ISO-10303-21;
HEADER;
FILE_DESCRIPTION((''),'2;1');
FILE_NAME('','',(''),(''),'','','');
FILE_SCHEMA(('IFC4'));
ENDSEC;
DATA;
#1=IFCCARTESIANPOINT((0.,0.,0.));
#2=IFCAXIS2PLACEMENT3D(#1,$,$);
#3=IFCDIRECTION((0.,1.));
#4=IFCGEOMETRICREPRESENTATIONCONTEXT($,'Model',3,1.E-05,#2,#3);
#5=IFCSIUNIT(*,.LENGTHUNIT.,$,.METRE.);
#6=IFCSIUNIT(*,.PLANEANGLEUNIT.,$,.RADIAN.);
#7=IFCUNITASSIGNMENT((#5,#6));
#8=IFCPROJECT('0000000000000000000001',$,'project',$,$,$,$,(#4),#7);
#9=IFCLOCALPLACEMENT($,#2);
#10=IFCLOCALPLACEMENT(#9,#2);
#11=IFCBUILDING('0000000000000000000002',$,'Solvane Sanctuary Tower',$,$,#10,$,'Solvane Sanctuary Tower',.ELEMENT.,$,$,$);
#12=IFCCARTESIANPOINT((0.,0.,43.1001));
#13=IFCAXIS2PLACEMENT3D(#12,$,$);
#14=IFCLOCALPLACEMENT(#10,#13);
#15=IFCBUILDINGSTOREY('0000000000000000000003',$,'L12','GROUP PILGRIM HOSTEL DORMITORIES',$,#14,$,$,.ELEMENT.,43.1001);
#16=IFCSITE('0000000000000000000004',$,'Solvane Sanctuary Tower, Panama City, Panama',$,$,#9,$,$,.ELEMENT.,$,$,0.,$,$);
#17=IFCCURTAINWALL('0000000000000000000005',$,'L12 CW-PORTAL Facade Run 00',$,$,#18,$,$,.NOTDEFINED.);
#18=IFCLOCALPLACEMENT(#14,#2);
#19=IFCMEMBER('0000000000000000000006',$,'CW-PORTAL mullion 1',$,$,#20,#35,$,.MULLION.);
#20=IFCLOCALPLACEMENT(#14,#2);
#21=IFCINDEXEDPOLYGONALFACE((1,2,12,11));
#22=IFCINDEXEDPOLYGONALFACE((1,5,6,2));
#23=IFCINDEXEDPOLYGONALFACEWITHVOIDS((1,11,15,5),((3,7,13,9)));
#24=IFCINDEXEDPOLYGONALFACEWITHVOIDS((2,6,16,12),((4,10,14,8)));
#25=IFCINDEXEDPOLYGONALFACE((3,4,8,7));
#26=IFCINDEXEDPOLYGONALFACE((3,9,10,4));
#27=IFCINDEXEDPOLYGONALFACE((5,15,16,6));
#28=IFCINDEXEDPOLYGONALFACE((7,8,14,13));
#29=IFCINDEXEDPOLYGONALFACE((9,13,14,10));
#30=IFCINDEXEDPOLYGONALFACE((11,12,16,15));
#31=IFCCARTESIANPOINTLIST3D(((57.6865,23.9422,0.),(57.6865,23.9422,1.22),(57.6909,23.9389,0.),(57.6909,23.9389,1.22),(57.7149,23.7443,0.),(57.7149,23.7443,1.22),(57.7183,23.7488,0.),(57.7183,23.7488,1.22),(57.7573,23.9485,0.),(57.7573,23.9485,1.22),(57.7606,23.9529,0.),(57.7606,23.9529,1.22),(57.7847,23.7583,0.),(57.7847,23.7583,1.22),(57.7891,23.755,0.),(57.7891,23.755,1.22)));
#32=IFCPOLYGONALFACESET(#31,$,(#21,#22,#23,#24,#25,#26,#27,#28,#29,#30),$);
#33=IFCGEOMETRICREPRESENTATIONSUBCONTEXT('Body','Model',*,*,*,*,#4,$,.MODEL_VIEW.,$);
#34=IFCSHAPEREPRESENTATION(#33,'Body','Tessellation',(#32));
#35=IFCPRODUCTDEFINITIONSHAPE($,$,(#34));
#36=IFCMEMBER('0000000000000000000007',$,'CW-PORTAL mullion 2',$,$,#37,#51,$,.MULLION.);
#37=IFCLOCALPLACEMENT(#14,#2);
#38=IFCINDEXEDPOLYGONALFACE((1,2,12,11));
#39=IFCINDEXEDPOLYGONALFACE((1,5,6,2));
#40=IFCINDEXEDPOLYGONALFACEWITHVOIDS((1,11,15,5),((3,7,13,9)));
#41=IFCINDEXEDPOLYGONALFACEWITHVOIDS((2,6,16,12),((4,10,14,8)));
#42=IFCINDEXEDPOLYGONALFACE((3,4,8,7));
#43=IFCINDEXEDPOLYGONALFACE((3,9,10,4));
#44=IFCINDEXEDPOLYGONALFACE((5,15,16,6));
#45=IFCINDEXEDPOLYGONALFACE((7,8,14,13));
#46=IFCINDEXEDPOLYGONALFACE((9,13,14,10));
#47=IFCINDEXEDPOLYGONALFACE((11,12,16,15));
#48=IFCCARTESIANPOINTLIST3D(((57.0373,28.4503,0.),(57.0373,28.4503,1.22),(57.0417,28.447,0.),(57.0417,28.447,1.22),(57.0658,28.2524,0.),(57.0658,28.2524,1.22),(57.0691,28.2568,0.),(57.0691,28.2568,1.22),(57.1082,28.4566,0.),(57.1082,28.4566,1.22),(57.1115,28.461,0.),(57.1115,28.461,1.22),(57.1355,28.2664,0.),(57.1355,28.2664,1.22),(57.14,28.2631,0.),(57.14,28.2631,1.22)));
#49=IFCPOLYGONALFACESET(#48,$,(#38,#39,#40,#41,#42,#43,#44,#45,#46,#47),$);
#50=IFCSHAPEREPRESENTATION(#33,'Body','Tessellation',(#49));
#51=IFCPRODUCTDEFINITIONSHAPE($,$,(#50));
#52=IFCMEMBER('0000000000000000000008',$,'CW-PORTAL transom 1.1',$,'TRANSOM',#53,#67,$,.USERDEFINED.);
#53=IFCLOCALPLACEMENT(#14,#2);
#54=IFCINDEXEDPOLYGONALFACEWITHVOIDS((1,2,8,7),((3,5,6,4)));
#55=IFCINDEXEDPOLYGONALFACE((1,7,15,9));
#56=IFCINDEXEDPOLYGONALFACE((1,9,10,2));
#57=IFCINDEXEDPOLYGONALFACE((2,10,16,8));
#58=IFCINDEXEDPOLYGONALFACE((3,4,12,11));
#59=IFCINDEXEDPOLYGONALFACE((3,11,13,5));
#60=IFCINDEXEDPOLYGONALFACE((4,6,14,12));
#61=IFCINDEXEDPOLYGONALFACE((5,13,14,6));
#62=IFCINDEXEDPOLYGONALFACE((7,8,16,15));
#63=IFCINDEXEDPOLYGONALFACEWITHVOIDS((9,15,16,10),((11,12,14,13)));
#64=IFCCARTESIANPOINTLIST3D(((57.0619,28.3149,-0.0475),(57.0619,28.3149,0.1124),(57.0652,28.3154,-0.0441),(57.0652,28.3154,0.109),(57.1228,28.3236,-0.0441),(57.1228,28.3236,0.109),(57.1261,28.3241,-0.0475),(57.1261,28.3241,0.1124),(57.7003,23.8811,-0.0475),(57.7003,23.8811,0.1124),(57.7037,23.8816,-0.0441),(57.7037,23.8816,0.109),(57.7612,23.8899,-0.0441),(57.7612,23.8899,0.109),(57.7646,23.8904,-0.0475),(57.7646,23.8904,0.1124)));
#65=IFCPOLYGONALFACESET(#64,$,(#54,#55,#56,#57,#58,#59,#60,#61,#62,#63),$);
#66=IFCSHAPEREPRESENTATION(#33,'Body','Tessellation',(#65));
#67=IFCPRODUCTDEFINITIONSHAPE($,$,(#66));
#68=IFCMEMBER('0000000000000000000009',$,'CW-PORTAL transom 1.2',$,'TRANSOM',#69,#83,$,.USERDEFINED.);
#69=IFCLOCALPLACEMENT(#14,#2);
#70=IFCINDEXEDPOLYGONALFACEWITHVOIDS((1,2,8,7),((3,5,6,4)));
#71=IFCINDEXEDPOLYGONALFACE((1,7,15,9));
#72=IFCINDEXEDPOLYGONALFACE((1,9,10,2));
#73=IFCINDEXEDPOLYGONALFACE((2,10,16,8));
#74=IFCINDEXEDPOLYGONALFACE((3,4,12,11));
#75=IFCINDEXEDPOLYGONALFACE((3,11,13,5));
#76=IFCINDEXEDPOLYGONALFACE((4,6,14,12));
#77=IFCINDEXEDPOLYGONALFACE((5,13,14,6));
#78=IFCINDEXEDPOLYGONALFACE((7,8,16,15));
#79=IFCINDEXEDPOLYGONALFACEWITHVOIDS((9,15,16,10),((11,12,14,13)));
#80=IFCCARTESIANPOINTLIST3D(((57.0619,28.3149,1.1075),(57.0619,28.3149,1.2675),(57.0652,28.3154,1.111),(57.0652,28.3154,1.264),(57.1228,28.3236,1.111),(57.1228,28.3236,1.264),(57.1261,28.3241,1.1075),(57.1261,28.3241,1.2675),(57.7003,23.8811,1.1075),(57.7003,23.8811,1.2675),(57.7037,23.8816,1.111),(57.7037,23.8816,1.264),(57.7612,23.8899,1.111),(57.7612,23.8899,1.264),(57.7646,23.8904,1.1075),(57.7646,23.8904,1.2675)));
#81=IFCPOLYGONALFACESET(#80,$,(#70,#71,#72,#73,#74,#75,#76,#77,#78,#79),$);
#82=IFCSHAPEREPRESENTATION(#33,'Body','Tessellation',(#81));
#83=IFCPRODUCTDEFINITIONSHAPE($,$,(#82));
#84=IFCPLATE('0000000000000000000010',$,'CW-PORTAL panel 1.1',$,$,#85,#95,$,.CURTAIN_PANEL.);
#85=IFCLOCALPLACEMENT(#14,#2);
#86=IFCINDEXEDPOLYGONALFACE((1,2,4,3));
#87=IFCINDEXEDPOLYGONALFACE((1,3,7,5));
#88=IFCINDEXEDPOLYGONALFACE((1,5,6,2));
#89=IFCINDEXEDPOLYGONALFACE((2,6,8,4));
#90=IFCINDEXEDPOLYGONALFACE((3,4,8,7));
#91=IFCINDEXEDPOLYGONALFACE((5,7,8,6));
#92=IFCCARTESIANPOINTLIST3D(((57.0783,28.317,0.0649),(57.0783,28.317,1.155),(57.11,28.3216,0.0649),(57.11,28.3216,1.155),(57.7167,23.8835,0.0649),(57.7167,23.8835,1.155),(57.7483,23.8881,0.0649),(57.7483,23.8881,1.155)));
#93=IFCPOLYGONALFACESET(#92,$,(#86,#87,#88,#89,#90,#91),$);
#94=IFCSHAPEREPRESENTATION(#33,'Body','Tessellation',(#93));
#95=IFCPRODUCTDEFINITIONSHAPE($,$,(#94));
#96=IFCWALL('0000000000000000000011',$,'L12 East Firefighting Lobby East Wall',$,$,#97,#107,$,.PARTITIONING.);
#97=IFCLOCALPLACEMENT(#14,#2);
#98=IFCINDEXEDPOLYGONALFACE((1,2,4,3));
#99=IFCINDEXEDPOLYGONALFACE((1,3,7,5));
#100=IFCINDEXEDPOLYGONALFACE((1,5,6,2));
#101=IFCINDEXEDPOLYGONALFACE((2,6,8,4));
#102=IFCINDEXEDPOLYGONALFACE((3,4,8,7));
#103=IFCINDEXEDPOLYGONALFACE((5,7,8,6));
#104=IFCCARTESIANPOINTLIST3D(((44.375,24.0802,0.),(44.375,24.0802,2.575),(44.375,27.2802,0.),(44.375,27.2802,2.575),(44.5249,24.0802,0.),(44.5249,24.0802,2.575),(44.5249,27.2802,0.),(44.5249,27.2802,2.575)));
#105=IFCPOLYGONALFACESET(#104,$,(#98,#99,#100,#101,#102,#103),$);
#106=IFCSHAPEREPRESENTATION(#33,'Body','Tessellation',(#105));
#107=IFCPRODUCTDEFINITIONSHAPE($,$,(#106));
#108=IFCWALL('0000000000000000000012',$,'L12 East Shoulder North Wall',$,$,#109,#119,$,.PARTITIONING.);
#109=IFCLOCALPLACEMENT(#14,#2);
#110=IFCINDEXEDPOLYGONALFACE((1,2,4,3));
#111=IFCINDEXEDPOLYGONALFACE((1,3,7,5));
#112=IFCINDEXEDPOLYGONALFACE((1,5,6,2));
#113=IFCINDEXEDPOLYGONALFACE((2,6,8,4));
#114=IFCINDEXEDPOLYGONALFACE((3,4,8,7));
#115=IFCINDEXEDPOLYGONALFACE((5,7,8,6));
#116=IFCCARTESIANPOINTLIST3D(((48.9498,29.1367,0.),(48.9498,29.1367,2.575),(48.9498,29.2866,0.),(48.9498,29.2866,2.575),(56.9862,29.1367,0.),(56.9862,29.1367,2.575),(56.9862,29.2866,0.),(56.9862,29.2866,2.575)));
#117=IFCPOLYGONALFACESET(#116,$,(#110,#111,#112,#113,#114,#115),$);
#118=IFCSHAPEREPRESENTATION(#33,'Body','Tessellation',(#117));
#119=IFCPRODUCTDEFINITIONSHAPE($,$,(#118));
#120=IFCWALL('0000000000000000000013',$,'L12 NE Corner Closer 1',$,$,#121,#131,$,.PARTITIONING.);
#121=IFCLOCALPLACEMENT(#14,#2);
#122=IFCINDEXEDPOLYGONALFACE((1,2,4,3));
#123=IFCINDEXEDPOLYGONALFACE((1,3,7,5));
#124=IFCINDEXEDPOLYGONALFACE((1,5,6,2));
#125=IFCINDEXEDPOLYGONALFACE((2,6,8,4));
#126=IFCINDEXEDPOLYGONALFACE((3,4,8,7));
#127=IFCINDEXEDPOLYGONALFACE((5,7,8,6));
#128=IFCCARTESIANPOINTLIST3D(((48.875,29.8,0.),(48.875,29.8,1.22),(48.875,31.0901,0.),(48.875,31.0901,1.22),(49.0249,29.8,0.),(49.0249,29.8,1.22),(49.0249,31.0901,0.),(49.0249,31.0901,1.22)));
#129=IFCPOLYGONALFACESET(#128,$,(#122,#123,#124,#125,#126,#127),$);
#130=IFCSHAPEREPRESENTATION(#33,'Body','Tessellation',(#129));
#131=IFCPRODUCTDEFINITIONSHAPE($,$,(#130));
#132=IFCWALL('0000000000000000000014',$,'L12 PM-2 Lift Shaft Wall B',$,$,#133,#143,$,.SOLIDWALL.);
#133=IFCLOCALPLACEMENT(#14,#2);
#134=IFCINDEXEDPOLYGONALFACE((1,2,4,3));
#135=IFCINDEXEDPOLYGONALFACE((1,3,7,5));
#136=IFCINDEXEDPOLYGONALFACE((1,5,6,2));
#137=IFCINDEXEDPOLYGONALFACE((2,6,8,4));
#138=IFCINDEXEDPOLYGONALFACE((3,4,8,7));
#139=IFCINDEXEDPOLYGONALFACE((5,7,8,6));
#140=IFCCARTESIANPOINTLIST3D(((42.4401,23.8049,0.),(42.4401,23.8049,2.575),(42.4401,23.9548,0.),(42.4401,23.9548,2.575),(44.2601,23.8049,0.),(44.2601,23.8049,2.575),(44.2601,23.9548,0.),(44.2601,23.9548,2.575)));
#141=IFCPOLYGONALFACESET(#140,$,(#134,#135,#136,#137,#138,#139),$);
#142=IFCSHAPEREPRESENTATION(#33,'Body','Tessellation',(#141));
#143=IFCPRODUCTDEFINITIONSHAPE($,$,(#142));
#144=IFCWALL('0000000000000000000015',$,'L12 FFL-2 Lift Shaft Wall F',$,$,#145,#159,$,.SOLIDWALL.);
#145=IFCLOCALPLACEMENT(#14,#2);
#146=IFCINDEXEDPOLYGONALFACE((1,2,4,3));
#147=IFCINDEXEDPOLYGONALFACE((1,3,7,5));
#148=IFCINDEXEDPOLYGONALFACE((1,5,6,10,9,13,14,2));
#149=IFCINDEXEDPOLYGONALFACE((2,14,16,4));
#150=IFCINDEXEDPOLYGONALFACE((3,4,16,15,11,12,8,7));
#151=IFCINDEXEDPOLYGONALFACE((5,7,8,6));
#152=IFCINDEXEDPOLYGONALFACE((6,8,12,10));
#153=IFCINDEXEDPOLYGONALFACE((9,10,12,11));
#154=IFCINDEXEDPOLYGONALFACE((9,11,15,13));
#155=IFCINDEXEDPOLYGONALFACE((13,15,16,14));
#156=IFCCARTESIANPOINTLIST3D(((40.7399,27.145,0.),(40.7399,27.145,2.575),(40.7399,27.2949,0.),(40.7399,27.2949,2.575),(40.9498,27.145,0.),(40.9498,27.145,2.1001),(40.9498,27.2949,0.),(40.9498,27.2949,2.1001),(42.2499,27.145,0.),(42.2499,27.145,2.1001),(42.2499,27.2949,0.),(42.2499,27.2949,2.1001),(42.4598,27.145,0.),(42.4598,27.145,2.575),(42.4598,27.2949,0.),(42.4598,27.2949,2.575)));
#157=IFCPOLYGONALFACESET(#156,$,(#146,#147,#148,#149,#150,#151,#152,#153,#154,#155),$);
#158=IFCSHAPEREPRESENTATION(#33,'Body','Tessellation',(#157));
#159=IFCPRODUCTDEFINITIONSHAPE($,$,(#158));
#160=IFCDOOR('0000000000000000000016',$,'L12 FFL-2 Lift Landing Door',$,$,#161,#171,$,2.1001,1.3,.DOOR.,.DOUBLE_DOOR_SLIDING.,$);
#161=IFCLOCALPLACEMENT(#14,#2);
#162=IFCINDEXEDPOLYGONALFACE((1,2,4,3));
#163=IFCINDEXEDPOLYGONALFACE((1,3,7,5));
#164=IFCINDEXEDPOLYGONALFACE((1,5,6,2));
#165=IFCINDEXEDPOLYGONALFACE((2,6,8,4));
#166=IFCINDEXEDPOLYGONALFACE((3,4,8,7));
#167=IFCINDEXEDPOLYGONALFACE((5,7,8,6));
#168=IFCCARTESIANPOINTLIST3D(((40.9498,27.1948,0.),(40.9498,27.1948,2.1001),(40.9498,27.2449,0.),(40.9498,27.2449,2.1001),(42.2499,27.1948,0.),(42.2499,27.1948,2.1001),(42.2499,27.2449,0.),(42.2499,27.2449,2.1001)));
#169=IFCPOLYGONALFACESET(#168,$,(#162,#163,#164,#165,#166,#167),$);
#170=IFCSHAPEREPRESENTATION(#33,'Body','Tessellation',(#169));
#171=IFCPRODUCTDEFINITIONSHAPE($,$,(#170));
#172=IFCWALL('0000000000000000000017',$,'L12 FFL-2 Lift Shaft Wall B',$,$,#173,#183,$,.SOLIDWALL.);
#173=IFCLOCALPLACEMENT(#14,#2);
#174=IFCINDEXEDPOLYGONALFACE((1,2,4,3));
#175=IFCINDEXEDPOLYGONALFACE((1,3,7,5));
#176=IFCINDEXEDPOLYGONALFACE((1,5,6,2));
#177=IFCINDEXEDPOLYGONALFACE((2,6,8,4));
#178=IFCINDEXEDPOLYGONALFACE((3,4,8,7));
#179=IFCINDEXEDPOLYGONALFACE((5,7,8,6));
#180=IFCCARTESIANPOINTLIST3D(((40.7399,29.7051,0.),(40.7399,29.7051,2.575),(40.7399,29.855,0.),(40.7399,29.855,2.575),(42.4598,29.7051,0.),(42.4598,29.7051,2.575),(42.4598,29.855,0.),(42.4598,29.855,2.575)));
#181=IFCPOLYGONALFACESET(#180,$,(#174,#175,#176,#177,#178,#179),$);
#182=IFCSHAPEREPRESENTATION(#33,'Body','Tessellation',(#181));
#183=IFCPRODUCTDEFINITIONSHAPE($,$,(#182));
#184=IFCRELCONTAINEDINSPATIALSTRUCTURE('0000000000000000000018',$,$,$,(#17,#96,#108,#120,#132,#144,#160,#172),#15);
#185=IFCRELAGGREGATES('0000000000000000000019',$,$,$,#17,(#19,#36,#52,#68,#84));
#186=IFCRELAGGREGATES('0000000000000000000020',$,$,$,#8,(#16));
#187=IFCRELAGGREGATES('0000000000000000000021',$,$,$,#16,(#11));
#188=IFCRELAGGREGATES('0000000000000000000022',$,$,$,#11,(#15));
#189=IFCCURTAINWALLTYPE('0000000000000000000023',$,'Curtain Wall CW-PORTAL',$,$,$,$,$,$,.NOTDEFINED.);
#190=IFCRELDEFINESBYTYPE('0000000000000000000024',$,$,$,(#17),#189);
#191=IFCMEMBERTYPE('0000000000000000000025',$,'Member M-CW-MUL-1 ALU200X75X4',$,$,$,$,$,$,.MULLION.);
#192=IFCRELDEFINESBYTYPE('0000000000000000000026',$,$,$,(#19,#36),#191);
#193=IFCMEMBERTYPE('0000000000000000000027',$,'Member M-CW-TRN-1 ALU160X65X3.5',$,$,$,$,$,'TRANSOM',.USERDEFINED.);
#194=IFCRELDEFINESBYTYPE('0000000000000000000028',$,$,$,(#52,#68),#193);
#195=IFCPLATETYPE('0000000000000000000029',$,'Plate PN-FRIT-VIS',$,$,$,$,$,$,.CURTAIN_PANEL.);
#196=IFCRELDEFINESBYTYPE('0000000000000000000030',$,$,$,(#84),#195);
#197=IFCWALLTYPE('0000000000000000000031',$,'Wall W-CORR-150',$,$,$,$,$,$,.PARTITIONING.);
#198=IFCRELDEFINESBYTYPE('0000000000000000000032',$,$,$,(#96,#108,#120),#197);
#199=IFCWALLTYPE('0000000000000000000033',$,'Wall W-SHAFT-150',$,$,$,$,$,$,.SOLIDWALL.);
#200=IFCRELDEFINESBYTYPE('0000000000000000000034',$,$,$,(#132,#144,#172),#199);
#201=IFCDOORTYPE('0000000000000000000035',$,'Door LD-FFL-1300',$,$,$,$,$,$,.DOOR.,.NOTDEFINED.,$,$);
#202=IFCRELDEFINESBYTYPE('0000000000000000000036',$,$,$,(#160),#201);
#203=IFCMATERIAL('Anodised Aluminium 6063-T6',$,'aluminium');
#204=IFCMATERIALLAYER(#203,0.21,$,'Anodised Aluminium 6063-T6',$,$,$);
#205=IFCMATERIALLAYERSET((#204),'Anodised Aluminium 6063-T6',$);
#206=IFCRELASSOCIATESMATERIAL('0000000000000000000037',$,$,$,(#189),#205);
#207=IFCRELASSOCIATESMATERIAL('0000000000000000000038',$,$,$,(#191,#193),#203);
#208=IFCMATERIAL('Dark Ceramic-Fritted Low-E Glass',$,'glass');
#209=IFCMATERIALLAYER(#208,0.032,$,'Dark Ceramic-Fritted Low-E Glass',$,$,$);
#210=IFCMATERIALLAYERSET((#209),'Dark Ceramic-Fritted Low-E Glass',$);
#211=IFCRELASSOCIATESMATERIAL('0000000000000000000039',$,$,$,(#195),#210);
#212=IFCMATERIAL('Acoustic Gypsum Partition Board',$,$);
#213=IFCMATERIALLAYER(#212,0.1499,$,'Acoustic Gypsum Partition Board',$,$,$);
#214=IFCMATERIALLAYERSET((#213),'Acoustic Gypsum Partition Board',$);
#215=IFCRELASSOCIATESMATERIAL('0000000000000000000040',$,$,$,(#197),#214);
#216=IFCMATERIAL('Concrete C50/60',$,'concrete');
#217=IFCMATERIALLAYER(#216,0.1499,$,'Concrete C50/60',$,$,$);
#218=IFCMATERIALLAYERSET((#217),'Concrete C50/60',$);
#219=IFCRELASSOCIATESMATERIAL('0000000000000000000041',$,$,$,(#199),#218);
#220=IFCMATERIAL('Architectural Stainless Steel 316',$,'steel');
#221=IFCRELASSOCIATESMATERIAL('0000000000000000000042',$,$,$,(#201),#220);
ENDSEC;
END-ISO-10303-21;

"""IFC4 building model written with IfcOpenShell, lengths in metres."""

from ifc_helpers import new_model, si_unit, direction, frame, frame_2d, origin, origin_2d, place, context, subcontext, project, spatial, rectangle, hollow_rectangle, extrude, material, layer, layer_set, material_profile, profile_set, type_object, element, fill, aggregate, save


model = new_model("IFC4")

# Units and contexts
model_context = context("Model", 3, precision=1e-05, world=origin(), true_north=direction((0.0, 1.0)))
body_context = subcontext(model_context, "Body", "Model", "MODEL_VIEW")
ifc_project = project(units=[si_unit("LENGTHUNIT", "METRE"), si_unit("PLANEANGLEUNIT", "RADIAN")], contexts=[model_context])

# Site, building, storey
site_placement = place(None, origin())
site = spatial("IfcSite", under=ifc_project, at=site_placement, Name="Solvane Sanctuary Tower, Panama City, Panama", CompositionType="ELEMENT", RefElevation=0.0)
building_placement = place(site_placement, origin())
building = spatial("IfcBuilding", under=site, at=building_placement, Name="Solvane Sanctuary Tower", LongName="Solvane Sanctuary Tower", CompositionType="ELEMENT")
storey_placement = place(building_placement, frame((0.0, 0.0, 43.1001)))
storey = spatial("IfcBuildingStorey", under=building, at=storey_placement, Name="L12", Description="GROUP PILGRIM HOSTEL DORMITORIES", CompositionType="ELEMENT", Elevation=43.1001)

# Curtain wall, members, plate
ifc_material_1 = material(Name="Anodised Aluminium 6063-T6", Category="aluminium")
ifc_layer_1 = layer(ifc_material_1, 0.21, Name="Anodised Aluminium 6063-T6")
ifc_layer_set_1 = layer_set([ifc_layer_1], Name="Anodised Aluminium 6063-T6")
curtain_wall_type = type_object("IfcCurtainWallType", Name="Curtain Wall CW-PORTAL", PredefinedType="NOTDEFINED", material=ifc_layer_set_1)
curtain_wall_placement = place(storey_placement, origin())
curtain_wall = element("IfcCurtainWall", 1, at=curtain_wall_placement, inside=storey, type_object=curtain_wall_type, Name="L12 CW-PORTAL Facade Run 00", PredefinedType="NOTDEFINED")
ifc_material_profile_1 = material_profile(ifc_material_1, hollow_rectangle(XDim=0.075, YDim=0.2, WallThickness=0.0039, at=origin_2d()), Name="ALU200X75X4")
ifc_profile_set_1 = profile_set([ifc_material_profile_1], Name="Anodised Aluminium 6063-T6")
member_type_1 = type_object("IfcMemberType", Name="Member M-CW-MUL-1 ALU200X75X4", PredefinedType="MULLION", material=ifc_profile_set_1)
member_1_placement = place(storey_placement, frame((57.7378, 23.8486, 0.0), z_axis=(0.0, 0.0, 1.0), x_axis=(-0.989794, -0.142504, 0.0)))
member_1 = element("IfcMember", 2, at=member_1_placement, type_object=member_type_1, Name="CW-PORTAL mullion 1", PredefinedType="MULLION", context=body_context, shape_type="SweptSolid", body=[
    extrude(hollow_rectangle(XDim=0.075, YDim=0.2, WallThickness=0.0039, at=origin_2d()), origin(), (0.0, 0.0, 1.0), 1.22),
])
member_2_placement = place(storey_placement, frame((57.0886, 28.3567, 0.0), z_axis=(0.0, 0.0, 1.0), x_axis=(-0.989794, -0.142504, 0.0)))
member_2 = element("IfcMember", 3, at=member_2_placement, type_object=member_type_1, Name="CW-PORTAL mullion 2", PredefinedType="MULLION", context=body_context, shape_type="SweptSolid", body=[
    extrude(hollow_rectangle(XDim=0.075, YDim=0.2, WallThickness=0.0039, at=origin_2d()), origin(), (0.0, 0.0, 1.0), 1.22),
])
ifc_material_profile_2 = material_profile(ifc_material_1, hollow_rectangle(XDim=0.0649, YDim=0.1599, WallThickness=0.0034, at=origin_2d()), Name="ALU160X65X3.5")
ifc_profile_set_2 = profile_set([ifc_material_profile_2], Name="Anodised Aluminium 6063-T6")
member_type_2 = type_object("IfcMemberType", Name="Member M-CW-TRN-1 ALU160X65X3.5", ElementType="TRANSOM", PredefinedType="USERDEFINED", material=ifc_profile_set_2)
member_3_placement = place(storey_placement, frame((57.7324, 23.8857, 0.0325), z_axis=(-0.14252, 0.989792, 0.0), x_axis=(-0.989792, -0.14252, 0.0)))
member_3 = element("IfcMember", 4, at=member_3_placement, type_object=member_type_2, Name="CW-PORTAL transom 1.1", ObjectType="TRANSOM", PredefinedType="USERDEFINED", context=body_context, shape_type="SweptSolid", body=[
    extrude(hollow_rectangle(XDim=0.0649, YDim=0.1599, WallThickness=0.0034, at=origin_2d()), origin(), (0.0, 0.0, 1.0), 4.4795),
])
member_4_placement = place(storey_placement, frame((57.7324, 23.8857, 1.1875), z_axis=(-0.14252, 0.989792, 0.0), x_axis=(-0.989792, -0.14252, 0.0)))
member_4 = element("IfcMember", 5, at=member_4_placement, type_object=member_type_2, Name="CW-PORTAL transom 1.2", ObjectType="TRANSOM", PredefinedType="USERDEFINED", context=body_context, shape_type="SweptSolid", body=[
    extrude(hollow_rectangle(XDim=0.0649, YDim=0.1599, WallThickness=0.0034, at=origin_2d()), origin(), (0.0, 0.0, 1.0), 4.4795),
])
ifc_material_2 = material(Name="Dark Ceramic-Fritted Low-E Glass", Category="glass")
ifc_layer_2 = layer(ifc_material_2, 0.032, Name="Dark Ceramic-Fritted Low-E Glass")
ifc_layer_set_2 = layer_set([ifc_layer_2], Name="Dark Ceramic-Fritted Low-E Glass")
plate_type = type_object("IfcPlateType", Name="Plate PN-FRIT-VIS", PredefinedType="CURTAIN_PANEL", material=ifc_layer_set_2)
plate_placement = place(storey_placement, frame((57.4133, 26.1025, 0.0649), z_axis=(0.0, 0.0, 1.0), x_axis=(-0.142504, 0.989794, 0.0)))
plate = element("IfcPlate", 6, at=plate_placement, type_object=plate_type, Name="CW-PORTAL panel 1.1", PredefinedType="CURTAIN_PANEL", context=body_context, shape_type="SweptSolid", body=[
    extrude(rectangle(XDim=4.4792, YDim=0.032, at=origin_2d()), origin(), (0.0, 0.0, 1.0), 1.0901),
])
aggregate(curtain_wall, [member_1, member_2, member_3, member_4, plate])

# Walls
ifc_material_3 = material(Name="Acoustic Gypsum Partition Board")
ifc_layer_3 = layer(ifc_material_3, 0.1499, Name="Acoustic Gypsum Partition Board")
ifc_layer_set_3 = layer_set([ifc_layer_3], Name="Acoustic Gypsum Partition Board")
wall_type_1 = type_object("IfcWallType", Name="Wall W-CORR-150", PredefinedType="PARTITIONING", material=ifc_layer_set_3)
wall_1_placement = place(storey_placement, frame((44.45, 24.0801, 0.0), z_axis=(0.0, 0.0, 1.0), x_axis=(0.0, 1.0, 0.0)))
element("IfcWall", 7, at=wall_1_placement, inside=storey, type_object=wall_type_1, Name="L12 East Firefighting Lobby East Wall", PredefinedType="PARTITIONING", context=body_context, shape_type="SweptSolid", body=[
    extrude(rectangle(XDim=3.2, YDim=0.1499, at=frame_2d((1.6001, 0.0))), origin(), (0.0, 0.0, 1.0), 2.575),
])
wall_2_placement = place(storey_placement, frame((48.95, 29.2117, 0.0), z_axis=(0.0, 0.0, 1.0), x_axis=(1.0, 0.0, 0.0)))
element("IfcWall", 8, at=wall_2_placement, inside=storey, type_object=wall_type_1, Name="L12 East Shoulder North Wall", PredefinedType="PARTITIONING", context=body_context, shape_type="SweptSolid", body=[
    extrude(rectangle(XDim=8.0364, YDim=0.1499, at=frame_2d((4.0181, 0.0))), origin(), (0.0, 0.0, 1.0), 2.575),
])
wall_3_placement = place(storey_placement, frame((48.95, 29.8, 0.0), z_axis=(0.0, 0.0, 1.0), x_axis=(0.0, 1.0, 0.0)))
element("IfcWall", 9, at=wall_3_placement, inside=storey, type_object=wall_type_1, Name="L12 NE Corner Closer 1", PredefinedType="PARTITIONING", context=body_context, shape_type="SweptSolid", body=[
    extrude(rectangle(XDim=1.29, YDim=0.1499, at=frame_2d((0.645, 0.0))), origin(), (0.0, 0.0, 1.0), 1.22),
])
ifc_material_4 = material(Name="Concrete C50/60", Category="concrete")
ifc_layer_4 = layer(ifc_material_4, 0.1499, Name="Concrete C50/60")
ifc_layer_set_4 = layer_set([ifc_layer_4], Name="Concrete C50/60")
wall_type_2 = type_object("IfcWallType", Name="Wall W-SHAFT-150", PredefinedType="SOLIDWALL", material=ifc_layer_set_4)
wall_4_placement = place(storey_placement, frame((42.4399, 23.8799, 0.0), z_axis=(0.0, 0.0, 1.0), x_axis=(1.0, 0.0, 0.0)))
element("IfcWall", 10, at=wall_4_placement, inside=storey, type_object=wall_type_2, Name="L12 PM-2 Lift Shaft Wall B", PredefinedType="SOLIDWALL", context=body_context, shape_type="SweptSolid", body=[
    extrude(rectangle(XDim=1.8201, YDim=0.1499, at=frame_2d((0.9102, 0.0))), origin(), (0.0, 0.0, 1.0), 2.575),
])

# Wall, opening, door
wall_5_placement = place(storey_placement, frame((40.74, 27.22, 0.0), z_axis=(0.0, 0.0, 1.0), x_axis=(1.0, 0.0, 0.0)))
wall_5 = element("IfcWall", 11, at=wall_5_placement, inside=storey, type_object=wall_type_2, Name="L12 FFL-2 Lift Shaft Wall F", PredefinedType="SOLIDWALL", context=body_context, shape_type="SweptSolid", body=[
    extrude(rectangle(XDim=1.72, YDim=0.1499, at=frame_2d((0.8599, 0.0))), origin(), (0.0, 0.0, 1.0), 2.575),
])
opening_1_placement = place(wall_5_placement, frame((0.21, 0.0, 0.0)))
opening_1 = element("IfcOpeningElement", 12, at=opening_1_placement, cuts=wall_5, PredefinedType="OPENING", context=body_context, shape_type="SweptSolid", body=[
    extrude(rectangle(XDim=1.3, YDim=2.1001, at=frame_2d((0.6499, 1.05))), frame((0.0, 0.085, 0.0), z_axis=(0.0, -1.0, 0.0), x_axis=(1.0, 0.0, 0.0)), (0.0, 0.0, 1.0), 0.1699),
])
ifc_material_5 = material(Name="Architectural Stainless Steel 316", Category="steel")
door_type_1 = type_object("IfcDoorType", Name="Door LD-FFL-1300", OperationType="NOTDEFINED", PredefinedType="DOOR", material=ifc_material_5)
door_1_placement = place(opening_1_placement, origin())
door_1 = element("IfcDoor", 13, at=door_1_placement, inside=storey, type_object=door_type_1, Name="L12 FFL-2 Lift Landing Door", OperationType="DOUBLE_DOOR_SLIDING", OverallHeight=2.1001, OverallWidth=1.3, PredefinedType="DOOR", context=body_context, shape_type="SweptSolid", body=[
    extrude(rectangle(XDim=1.3, YDim=2.1001, at=frame_2d((0.6499, 1.05))), frame((0.0, 0.0249, 0.0), z_axis=(0.0, -1.0, 0.0), x_axis=(1.0, 0.0, 0.0)), (0.0, 0.0, 1.0), 0.05),
])
fill(opening_1, door_1)

# Wall
wall_6_placement = place(storey_placement, frame((40.74, 29.78, 0.0), z_axis=(0.0, 0.0, 1.0), x_axis=(1.0, 0.0, 0.0)))
element("IfcWall", 14, at=wall_6_placement, inside=storey, type_object=wall_type_2, Name="L12 FFL-2 Lift Shaft Wall B", PredefinedType="SOLIDWALL", context=body_context, shape_type="SweptSolid", body=[
    extrude(rectangle(XDim=1.72, YDim=0.1499, at=frame_2d((0.8599, 0.0))), origin(), (0.0, 0.0, 1.0), 2.575),
])

save(model, "model.ifc")
